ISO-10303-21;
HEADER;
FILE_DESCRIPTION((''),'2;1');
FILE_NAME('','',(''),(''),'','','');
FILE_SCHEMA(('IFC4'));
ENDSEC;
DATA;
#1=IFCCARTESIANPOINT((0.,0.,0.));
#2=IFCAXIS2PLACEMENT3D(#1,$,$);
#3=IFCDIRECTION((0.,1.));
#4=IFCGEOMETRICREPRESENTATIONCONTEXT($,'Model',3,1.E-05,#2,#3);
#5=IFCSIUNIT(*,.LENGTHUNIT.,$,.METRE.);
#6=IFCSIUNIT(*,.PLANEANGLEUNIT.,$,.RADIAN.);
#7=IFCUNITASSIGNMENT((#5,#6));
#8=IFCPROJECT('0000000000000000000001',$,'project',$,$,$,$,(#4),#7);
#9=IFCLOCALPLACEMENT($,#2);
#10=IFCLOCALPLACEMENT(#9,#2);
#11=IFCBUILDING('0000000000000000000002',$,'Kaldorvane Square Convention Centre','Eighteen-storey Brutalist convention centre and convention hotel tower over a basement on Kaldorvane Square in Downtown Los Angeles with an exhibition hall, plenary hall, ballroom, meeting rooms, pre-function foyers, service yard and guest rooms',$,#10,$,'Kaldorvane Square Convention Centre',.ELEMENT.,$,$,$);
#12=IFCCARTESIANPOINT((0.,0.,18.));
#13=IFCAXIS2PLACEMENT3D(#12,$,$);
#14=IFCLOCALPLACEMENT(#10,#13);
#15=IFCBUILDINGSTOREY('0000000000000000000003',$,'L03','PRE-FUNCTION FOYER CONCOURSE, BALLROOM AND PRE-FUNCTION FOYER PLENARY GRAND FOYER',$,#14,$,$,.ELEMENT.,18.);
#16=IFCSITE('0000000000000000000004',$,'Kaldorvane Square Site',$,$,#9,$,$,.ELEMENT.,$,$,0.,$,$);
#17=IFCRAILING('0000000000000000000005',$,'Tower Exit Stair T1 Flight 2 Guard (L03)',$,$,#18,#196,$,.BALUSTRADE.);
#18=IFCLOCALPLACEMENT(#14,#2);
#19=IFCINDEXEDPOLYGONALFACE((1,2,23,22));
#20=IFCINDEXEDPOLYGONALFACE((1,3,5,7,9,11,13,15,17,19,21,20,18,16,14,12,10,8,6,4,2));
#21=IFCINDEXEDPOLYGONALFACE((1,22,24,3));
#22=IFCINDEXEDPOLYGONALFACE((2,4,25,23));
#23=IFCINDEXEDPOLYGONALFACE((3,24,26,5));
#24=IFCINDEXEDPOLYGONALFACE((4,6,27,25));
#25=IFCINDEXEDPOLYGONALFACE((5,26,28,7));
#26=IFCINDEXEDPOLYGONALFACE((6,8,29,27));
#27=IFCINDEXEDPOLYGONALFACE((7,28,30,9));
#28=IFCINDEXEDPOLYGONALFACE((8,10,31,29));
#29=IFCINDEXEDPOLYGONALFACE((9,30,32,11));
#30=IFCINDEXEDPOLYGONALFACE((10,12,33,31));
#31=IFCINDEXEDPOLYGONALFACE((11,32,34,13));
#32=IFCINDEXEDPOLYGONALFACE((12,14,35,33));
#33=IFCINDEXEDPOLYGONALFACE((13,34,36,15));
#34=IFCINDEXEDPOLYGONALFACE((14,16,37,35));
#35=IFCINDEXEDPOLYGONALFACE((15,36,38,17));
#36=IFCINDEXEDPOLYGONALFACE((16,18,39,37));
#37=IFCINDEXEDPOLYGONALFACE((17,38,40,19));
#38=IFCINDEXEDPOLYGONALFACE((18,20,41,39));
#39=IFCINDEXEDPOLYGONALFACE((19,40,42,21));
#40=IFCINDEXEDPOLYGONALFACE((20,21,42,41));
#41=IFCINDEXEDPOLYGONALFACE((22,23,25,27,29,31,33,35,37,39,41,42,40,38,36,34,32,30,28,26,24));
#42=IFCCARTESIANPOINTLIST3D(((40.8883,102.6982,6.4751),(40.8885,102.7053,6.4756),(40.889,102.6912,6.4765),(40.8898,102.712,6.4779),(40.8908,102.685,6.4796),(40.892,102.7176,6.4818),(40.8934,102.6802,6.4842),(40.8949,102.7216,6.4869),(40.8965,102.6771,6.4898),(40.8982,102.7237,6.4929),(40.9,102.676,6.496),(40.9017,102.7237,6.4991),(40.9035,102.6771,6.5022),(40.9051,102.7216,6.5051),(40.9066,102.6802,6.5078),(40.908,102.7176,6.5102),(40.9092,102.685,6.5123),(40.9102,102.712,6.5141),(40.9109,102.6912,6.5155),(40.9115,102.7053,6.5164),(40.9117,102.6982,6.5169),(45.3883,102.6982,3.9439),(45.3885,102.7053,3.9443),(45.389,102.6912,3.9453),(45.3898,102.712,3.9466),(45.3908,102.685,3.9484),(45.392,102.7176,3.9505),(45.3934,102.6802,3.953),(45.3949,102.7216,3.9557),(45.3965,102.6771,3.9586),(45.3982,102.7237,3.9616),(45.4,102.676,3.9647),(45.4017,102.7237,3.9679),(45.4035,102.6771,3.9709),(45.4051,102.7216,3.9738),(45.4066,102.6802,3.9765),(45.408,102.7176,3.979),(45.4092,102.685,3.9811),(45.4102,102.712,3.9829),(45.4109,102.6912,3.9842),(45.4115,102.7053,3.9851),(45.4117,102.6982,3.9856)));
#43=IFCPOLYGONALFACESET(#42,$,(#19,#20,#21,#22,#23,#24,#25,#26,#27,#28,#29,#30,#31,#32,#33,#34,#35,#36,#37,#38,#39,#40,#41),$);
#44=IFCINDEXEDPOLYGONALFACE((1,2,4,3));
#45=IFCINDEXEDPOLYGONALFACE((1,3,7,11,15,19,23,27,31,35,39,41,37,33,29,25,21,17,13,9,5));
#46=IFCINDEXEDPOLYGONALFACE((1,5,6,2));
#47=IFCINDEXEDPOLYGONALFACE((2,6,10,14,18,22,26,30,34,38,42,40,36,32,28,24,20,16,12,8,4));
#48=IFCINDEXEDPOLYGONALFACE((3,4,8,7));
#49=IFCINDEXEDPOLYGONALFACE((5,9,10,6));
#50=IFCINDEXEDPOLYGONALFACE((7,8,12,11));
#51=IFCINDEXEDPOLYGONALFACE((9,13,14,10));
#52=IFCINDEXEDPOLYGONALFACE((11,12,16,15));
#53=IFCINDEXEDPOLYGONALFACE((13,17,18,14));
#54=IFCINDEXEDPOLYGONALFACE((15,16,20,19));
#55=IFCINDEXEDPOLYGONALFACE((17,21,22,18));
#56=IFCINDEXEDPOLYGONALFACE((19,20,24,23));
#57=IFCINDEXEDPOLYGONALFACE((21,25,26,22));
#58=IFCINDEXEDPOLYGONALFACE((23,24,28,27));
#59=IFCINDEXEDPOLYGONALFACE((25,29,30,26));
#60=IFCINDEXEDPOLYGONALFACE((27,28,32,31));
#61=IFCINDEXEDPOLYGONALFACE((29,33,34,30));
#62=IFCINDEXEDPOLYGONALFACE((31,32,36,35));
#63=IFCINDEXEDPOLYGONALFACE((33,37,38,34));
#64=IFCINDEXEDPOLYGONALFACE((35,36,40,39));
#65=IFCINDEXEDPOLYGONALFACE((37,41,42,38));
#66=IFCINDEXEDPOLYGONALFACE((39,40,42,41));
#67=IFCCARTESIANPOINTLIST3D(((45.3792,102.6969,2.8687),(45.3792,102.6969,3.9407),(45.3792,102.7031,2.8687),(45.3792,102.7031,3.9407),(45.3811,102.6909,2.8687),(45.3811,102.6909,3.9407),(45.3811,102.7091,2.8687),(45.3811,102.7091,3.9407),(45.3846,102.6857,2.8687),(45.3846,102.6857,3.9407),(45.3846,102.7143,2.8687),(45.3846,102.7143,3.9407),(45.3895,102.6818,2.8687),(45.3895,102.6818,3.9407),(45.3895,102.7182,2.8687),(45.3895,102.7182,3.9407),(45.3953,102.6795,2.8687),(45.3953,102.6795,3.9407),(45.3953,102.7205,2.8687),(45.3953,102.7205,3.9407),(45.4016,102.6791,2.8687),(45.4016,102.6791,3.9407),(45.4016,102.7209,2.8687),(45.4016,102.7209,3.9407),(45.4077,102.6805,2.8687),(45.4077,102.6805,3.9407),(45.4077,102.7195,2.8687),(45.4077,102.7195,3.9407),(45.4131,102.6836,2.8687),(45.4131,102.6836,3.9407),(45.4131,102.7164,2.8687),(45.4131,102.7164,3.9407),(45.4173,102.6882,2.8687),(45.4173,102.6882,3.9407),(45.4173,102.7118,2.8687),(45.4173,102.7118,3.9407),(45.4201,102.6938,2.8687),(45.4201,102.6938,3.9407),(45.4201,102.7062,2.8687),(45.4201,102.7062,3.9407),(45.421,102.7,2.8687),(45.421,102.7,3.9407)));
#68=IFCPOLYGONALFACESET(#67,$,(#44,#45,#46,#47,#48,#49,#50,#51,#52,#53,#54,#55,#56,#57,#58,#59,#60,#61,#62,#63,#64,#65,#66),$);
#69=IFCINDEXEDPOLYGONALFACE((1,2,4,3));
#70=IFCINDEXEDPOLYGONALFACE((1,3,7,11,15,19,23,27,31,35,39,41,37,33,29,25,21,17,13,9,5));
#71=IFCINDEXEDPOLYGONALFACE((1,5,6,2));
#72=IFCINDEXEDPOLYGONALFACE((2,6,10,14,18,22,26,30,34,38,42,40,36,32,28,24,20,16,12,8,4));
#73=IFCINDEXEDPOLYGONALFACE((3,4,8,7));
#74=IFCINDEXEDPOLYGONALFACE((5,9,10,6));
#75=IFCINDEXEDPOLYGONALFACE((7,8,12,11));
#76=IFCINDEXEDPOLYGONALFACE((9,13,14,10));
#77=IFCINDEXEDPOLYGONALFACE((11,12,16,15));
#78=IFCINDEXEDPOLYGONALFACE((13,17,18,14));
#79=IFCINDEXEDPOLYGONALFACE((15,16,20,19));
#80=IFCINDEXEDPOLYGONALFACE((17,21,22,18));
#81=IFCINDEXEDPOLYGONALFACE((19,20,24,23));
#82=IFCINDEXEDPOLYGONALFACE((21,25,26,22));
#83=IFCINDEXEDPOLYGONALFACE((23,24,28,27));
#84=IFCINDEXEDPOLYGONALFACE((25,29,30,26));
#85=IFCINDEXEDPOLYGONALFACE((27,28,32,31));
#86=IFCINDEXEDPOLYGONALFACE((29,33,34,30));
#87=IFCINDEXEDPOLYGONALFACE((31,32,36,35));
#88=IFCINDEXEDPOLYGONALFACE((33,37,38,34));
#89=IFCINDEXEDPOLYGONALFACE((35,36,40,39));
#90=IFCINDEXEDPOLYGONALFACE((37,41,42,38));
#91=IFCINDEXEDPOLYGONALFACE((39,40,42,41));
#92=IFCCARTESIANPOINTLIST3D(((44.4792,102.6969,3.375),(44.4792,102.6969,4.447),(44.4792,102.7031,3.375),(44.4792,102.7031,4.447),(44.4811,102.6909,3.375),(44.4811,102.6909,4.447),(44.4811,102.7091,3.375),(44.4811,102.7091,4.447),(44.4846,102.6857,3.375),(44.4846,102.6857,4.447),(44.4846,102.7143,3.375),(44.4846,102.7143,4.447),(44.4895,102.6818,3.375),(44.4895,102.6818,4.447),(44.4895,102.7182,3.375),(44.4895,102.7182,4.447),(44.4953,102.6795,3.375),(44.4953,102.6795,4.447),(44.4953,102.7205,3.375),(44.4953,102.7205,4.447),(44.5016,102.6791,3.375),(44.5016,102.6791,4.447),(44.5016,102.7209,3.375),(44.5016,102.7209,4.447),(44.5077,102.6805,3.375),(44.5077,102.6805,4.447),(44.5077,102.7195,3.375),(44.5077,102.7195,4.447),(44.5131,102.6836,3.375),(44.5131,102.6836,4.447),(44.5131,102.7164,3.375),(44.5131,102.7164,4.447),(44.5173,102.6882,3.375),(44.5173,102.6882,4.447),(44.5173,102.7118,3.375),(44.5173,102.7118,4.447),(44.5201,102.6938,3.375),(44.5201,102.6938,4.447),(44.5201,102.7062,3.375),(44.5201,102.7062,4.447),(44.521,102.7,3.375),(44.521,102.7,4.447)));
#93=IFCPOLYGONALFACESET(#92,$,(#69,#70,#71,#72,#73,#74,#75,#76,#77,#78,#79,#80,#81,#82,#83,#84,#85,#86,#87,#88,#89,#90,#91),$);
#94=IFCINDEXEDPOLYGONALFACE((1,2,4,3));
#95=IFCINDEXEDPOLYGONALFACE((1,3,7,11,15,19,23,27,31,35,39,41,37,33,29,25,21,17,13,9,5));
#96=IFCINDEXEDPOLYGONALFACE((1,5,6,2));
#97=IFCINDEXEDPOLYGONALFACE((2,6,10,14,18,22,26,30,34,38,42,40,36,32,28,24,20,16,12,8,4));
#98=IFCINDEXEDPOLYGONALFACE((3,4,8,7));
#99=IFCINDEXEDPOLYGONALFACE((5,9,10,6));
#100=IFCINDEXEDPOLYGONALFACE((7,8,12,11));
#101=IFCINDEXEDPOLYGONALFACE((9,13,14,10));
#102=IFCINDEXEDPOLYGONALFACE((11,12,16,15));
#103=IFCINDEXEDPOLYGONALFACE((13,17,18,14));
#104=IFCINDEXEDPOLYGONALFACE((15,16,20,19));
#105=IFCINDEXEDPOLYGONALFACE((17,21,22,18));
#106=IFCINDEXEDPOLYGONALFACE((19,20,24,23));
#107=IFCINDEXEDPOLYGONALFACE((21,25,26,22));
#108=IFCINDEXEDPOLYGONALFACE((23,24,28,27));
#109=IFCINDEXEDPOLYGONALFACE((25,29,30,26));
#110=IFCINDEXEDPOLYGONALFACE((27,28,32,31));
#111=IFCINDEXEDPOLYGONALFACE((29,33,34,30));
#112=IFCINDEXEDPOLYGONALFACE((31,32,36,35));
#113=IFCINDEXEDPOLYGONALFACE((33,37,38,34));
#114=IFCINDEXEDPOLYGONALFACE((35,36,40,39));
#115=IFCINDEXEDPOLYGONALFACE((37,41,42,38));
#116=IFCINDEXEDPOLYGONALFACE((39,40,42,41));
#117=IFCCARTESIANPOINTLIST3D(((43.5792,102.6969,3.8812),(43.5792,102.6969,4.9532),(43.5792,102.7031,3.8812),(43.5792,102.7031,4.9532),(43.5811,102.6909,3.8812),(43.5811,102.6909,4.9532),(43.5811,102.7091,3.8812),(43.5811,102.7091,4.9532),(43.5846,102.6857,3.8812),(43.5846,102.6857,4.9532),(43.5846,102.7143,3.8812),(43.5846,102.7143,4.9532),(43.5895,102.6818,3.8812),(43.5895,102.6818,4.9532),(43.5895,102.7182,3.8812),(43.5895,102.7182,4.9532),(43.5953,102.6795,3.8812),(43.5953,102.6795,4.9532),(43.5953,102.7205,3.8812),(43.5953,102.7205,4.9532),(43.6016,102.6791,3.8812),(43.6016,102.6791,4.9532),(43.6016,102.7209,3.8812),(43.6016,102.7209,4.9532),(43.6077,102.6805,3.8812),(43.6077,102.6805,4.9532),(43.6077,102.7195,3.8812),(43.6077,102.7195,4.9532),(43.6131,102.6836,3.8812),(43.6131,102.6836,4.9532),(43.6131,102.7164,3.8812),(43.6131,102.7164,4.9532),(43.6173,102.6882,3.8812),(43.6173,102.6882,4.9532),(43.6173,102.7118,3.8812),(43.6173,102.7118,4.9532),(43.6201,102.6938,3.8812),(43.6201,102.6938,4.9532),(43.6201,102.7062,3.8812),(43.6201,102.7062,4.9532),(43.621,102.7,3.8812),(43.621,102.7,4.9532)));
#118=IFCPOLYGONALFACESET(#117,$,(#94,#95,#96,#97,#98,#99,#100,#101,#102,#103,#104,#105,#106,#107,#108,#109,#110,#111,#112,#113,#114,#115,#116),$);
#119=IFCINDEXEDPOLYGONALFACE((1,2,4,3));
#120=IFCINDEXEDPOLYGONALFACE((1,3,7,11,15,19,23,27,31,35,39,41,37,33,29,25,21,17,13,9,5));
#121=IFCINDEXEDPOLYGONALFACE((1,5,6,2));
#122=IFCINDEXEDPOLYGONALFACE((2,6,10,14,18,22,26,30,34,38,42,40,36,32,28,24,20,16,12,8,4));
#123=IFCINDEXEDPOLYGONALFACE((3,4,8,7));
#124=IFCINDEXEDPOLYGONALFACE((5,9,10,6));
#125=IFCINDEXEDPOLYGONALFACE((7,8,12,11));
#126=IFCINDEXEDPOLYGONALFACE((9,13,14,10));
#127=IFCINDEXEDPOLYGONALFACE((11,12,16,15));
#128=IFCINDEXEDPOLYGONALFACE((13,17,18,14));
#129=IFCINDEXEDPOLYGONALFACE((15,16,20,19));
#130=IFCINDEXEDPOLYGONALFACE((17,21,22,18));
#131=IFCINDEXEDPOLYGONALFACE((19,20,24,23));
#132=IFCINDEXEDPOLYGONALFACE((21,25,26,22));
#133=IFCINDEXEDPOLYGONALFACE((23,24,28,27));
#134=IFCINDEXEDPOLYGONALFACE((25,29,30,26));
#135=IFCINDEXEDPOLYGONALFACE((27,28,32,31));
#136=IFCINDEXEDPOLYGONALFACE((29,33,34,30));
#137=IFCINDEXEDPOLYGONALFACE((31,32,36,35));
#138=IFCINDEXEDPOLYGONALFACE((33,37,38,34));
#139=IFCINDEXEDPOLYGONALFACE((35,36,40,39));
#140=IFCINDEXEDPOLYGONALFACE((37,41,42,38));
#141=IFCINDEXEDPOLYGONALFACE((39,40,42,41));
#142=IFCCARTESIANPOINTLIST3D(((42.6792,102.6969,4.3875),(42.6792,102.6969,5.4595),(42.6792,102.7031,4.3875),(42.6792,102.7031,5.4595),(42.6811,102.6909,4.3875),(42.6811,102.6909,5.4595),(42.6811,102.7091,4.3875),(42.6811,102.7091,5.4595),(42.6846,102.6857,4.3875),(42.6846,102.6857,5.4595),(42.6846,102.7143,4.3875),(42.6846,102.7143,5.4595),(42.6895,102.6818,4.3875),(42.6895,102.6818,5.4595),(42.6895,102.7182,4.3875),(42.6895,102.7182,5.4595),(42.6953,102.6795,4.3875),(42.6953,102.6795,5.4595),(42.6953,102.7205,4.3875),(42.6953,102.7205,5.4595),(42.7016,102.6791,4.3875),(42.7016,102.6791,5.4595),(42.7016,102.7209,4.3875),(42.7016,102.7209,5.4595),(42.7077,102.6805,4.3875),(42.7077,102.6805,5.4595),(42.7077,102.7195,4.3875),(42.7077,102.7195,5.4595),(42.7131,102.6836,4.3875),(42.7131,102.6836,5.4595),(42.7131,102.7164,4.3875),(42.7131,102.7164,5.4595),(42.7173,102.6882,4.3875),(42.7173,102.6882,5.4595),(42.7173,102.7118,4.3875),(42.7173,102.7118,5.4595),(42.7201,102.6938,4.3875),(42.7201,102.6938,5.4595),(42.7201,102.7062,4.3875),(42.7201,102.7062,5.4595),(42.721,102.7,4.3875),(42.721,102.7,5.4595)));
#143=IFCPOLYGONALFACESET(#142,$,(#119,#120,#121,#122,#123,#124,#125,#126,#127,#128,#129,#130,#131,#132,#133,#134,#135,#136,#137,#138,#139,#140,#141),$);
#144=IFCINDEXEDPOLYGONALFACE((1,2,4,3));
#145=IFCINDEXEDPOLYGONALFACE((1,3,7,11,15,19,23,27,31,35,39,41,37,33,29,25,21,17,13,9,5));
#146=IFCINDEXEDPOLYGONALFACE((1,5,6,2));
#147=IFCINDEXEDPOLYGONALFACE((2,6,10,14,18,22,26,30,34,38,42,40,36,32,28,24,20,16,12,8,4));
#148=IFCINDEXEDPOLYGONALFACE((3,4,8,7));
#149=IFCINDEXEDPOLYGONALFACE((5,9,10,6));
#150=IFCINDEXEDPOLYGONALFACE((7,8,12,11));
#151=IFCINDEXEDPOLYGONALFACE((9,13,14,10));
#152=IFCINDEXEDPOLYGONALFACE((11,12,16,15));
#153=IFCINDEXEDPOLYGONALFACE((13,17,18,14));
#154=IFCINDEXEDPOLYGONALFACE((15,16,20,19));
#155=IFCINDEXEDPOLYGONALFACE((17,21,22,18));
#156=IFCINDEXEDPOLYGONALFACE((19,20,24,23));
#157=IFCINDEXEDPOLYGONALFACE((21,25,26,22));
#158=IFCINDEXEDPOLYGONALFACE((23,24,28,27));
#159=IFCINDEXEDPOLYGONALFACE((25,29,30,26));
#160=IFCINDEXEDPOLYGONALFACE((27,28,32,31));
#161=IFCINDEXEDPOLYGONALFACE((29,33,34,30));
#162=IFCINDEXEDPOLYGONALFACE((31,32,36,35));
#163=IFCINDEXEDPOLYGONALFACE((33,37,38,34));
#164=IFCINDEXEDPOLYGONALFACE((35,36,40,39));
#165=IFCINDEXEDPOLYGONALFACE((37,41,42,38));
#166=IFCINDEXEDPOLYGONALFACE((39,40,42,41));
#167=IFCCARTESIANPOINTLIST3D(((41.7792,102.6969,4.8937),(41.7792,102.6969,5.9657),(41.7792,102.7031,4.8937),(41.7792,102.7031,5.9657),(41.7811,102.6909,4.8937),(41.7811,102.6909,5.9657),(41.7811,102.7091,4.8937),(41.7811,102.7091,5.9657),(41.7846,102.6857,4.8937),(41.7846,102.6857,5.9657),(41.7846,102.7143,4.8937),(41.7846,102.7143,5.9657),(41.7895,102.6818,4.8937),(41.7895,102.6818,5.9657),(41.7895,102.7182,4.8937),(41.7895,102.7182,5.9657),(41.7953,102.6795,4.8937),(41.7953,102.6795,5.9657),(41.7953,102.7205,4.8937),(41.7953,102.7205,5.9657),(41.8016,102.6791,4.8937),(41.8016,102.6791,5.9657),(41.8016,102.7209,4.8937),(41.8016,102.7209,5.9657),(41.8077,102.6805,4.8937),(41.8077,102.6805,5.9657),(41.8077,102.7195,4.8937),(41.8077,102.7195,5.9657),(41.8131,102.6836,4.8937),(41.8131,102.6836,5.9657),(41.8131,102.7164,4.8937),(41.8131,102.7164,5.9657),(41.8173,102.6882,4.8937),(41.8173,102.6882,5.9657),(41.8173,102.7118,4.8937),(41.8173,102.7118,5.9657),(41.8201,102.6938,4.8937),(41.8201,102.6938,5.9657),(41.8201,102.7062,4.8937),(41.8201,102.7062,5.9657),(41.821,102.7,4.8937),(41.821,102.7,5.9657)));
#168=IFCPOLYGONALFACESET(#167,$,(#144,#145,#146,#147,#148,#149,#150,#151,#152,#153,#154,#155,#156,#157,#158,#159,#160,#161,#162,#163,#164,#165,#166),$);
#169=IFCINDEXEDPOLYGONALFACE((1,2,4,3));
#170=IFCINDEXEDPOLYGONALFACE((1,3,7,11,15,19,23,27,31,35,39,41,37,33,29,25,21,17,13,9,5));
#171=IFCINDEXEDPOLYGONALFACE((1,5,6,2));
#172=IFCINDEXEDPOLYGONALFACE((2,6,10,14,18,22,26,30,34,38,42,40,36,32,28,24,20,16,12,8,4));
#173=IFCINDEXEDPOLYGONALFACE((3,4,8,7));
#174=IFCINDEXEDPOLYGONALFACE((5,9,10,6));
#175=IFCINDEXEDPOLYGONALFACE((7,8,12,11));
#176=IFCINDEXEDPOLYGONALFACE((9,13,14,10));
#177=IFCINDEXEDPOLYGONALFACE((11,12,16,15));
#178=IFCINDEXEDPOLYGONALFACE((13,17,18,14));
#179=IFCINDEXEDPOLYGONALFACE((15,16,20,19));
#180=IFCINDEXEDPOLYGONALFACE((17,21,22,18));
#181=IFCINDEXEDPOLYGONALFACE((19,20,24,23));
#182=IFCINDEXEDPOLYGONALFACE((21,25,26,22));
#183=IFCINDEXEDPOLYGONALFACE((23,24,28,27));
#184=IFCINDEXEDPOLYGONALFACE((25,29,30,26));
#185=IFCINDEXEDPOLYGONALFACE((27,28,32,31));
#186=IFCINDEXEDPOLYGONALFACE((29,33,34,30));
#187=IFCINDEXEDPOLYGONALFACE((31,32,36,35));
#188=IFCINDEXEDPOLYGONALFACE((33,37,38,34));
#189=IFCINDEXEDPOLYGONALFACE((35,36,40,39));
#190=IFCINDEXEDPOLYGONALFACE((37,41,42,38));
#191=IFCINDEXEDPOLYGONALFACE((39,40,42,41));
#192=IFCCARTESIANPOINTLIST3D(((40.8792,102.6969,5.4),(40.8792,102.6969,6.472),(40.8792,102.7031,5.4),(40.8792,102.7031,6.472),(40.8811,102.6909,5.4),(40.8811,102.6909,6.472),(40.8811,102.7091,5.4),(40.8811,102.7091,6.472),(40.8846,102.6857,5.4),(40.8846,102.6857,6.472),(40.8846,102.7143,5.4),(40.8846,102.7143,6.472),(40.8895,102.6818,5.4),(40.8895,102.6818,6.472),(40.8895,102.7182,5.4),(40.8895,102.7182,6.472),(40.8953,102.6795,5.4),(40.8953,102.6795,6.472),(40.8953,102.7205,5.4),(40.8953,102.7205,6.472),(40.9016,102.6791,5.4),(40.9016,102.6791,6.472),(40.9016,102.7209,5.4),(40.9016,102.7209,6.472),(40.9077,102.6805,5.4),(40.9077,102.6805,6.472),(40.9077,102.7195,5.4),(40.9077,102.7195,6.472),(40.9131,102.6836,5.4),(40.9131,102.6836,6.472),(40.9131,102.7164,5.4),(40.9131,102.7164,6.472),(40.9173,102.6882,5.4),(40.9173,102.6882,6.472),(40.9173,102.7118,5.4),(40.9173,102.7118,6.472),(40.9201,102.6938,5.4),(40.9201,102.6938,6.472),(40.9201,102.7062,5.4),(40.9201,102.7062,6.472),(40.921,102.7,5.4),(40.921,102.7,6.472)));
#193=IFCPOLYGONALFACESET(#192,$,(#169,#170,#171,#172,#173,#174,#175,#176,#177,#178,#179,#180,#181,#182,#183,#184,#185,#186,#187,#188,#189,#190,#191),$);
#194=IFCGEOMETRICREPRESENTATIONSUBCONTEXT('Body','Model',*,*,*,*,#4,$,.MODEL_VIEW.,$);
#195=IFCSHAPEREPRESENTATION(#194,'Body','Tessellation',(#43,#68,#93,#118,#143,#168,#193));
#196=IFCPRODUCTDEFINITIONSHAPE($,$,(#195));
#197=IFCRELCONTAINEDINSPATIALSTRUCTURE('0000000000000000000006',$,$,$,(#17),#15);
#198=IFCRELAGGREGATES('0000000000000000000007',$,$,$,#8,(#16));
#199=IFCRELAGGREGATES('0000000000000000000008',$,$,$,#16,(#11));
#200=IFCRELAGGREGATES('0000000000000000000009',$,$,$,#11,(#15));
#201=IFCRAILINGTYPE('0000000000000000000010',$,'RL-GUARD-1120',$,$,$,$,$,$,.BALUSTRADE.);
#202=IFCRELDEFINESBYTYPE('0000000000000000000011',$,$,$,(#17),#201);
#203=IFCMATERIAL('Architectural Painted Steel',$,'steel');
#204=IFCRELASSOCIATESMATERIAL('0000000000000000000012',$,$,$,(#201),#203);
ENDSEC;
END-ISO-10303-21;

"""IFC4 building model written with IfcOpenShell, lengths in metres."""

from ifc_helpers import new_model, si_unit, direction, frame, origin, origin_2d, place, context, subcontext, project, spatial, circle, extrude, material, type_object, element, save


model = new_model("IFC4")

# Units and contexts
model_context = context("Model", 3, precision=1e-05, world=origin(), true_north=direction((0.0, 1.0)))
body_context = subcontext(model_context, "Body", "Model", "MODEL_VIEW")
ifc_project = project(units=[si_unit("LENGTHUNIT", "METRE"), si_unit("PLANEANGLEUNIT", "RADIAN")], contexts=[model_context])

# Site, building, storey
site_placement = place(None, origin())
site = spatial("IfcSite", under=ifc_project, at=site_placement, Name="Kaldorvane Square Site", CompositionType="ELEMENT", RefElevation=0.0)
building_placement = place(site_placement, origin())
building = spatial("IfcBuilding", under=site, at=building_placement, Name="Kaldorvane Square Convention Centre", Description="Eighteen-storey Brutalist convention centre and convention hotel tower over a basement on Kaldorvane Square in Downtown Los Angeles with an exhibition hall, plenary hall, ballroom, meeting rooms, pre-function foyers, service yard and guest rooms", LongName="Kaldorvane Square Convention Centre", CompositionType="ELEMENT")
storey_placement = place(building_placement, frame((0.0, 0.0, 18.0)))
storey = spatial("IfcBuildingStorey", under=building, at=storey_placement, Name="L03", Description="PRE-FUNCTION FOYER CONCOURSE, BALLROOM AND PRE-FUNCTION FOYER PLENARY GRAND FOYER", CompositionType="ELEMENT", Elevation=18.0)

# Railing
ifc_material_1 = material(Name="Architectural Painted Steel", Category="steel")
railing_type_1 = type_object("IfcRailingType", Name="RL-GUARD-1120", PredefinedType="BALUSTRADE", material=ifc_material_1)
railing_1_placement = place(storey_placement, frame((45.4, 102.7, 2.8687)))
element("IfcRailing", 1, at=railing_1_placement, inside=storey, type_object=railing_type_1, Name="Tower Exit Stair T1 Flight 2 Guard (L03)", PredefinedType="BALUSTRADE", context=body_context, shape_type="SweptSolid", body=[
    extrude(circle(Radius=0.024, at=origin_2d()), frame((0.0, 0.0, 1.096), z_axis=(-0.871576, 0.0, 0.490261), x_axis=(0.0, -1.0, 0.0)), (0.0, 0.0, 1.0), 5.1631),
    extrude(circle(Radius=0.021, at=origin_2d()), origin(), (0.0, 0.0, 1.0), 1.072),
    extrude(circle(Radius=0.021, at=origin_2d()), frame((-0.9, 0.0, 0.5063)), (0.0, 0.0, 1.0), 1.072),
    extrude(circle(Radius=0.021, at=origin_2d()), frame((-1.8, 0.0, 1.0125)), (0.0, 0.0, 1.0), 1.072),
    extrude(circle(Radius=0.021, at=origin_2d()), frame((-2.7, 0.0, 1.5188)), (0.0, 0.0, 1.0), 1.072),
    extrude(circle(Radius=0.021, at=origin_2d()), frame((-3.6, 0.0, 2.025)), (0.0, 0.0, 1.0), 1.072),
    extrude(circle(Radius=0.021, at=origin_2d()), frame((-4.5, 0.0, 2.5312)), (0.0, 0.0, 1.0), 1.072),
])

save(model, "model.ifc")
